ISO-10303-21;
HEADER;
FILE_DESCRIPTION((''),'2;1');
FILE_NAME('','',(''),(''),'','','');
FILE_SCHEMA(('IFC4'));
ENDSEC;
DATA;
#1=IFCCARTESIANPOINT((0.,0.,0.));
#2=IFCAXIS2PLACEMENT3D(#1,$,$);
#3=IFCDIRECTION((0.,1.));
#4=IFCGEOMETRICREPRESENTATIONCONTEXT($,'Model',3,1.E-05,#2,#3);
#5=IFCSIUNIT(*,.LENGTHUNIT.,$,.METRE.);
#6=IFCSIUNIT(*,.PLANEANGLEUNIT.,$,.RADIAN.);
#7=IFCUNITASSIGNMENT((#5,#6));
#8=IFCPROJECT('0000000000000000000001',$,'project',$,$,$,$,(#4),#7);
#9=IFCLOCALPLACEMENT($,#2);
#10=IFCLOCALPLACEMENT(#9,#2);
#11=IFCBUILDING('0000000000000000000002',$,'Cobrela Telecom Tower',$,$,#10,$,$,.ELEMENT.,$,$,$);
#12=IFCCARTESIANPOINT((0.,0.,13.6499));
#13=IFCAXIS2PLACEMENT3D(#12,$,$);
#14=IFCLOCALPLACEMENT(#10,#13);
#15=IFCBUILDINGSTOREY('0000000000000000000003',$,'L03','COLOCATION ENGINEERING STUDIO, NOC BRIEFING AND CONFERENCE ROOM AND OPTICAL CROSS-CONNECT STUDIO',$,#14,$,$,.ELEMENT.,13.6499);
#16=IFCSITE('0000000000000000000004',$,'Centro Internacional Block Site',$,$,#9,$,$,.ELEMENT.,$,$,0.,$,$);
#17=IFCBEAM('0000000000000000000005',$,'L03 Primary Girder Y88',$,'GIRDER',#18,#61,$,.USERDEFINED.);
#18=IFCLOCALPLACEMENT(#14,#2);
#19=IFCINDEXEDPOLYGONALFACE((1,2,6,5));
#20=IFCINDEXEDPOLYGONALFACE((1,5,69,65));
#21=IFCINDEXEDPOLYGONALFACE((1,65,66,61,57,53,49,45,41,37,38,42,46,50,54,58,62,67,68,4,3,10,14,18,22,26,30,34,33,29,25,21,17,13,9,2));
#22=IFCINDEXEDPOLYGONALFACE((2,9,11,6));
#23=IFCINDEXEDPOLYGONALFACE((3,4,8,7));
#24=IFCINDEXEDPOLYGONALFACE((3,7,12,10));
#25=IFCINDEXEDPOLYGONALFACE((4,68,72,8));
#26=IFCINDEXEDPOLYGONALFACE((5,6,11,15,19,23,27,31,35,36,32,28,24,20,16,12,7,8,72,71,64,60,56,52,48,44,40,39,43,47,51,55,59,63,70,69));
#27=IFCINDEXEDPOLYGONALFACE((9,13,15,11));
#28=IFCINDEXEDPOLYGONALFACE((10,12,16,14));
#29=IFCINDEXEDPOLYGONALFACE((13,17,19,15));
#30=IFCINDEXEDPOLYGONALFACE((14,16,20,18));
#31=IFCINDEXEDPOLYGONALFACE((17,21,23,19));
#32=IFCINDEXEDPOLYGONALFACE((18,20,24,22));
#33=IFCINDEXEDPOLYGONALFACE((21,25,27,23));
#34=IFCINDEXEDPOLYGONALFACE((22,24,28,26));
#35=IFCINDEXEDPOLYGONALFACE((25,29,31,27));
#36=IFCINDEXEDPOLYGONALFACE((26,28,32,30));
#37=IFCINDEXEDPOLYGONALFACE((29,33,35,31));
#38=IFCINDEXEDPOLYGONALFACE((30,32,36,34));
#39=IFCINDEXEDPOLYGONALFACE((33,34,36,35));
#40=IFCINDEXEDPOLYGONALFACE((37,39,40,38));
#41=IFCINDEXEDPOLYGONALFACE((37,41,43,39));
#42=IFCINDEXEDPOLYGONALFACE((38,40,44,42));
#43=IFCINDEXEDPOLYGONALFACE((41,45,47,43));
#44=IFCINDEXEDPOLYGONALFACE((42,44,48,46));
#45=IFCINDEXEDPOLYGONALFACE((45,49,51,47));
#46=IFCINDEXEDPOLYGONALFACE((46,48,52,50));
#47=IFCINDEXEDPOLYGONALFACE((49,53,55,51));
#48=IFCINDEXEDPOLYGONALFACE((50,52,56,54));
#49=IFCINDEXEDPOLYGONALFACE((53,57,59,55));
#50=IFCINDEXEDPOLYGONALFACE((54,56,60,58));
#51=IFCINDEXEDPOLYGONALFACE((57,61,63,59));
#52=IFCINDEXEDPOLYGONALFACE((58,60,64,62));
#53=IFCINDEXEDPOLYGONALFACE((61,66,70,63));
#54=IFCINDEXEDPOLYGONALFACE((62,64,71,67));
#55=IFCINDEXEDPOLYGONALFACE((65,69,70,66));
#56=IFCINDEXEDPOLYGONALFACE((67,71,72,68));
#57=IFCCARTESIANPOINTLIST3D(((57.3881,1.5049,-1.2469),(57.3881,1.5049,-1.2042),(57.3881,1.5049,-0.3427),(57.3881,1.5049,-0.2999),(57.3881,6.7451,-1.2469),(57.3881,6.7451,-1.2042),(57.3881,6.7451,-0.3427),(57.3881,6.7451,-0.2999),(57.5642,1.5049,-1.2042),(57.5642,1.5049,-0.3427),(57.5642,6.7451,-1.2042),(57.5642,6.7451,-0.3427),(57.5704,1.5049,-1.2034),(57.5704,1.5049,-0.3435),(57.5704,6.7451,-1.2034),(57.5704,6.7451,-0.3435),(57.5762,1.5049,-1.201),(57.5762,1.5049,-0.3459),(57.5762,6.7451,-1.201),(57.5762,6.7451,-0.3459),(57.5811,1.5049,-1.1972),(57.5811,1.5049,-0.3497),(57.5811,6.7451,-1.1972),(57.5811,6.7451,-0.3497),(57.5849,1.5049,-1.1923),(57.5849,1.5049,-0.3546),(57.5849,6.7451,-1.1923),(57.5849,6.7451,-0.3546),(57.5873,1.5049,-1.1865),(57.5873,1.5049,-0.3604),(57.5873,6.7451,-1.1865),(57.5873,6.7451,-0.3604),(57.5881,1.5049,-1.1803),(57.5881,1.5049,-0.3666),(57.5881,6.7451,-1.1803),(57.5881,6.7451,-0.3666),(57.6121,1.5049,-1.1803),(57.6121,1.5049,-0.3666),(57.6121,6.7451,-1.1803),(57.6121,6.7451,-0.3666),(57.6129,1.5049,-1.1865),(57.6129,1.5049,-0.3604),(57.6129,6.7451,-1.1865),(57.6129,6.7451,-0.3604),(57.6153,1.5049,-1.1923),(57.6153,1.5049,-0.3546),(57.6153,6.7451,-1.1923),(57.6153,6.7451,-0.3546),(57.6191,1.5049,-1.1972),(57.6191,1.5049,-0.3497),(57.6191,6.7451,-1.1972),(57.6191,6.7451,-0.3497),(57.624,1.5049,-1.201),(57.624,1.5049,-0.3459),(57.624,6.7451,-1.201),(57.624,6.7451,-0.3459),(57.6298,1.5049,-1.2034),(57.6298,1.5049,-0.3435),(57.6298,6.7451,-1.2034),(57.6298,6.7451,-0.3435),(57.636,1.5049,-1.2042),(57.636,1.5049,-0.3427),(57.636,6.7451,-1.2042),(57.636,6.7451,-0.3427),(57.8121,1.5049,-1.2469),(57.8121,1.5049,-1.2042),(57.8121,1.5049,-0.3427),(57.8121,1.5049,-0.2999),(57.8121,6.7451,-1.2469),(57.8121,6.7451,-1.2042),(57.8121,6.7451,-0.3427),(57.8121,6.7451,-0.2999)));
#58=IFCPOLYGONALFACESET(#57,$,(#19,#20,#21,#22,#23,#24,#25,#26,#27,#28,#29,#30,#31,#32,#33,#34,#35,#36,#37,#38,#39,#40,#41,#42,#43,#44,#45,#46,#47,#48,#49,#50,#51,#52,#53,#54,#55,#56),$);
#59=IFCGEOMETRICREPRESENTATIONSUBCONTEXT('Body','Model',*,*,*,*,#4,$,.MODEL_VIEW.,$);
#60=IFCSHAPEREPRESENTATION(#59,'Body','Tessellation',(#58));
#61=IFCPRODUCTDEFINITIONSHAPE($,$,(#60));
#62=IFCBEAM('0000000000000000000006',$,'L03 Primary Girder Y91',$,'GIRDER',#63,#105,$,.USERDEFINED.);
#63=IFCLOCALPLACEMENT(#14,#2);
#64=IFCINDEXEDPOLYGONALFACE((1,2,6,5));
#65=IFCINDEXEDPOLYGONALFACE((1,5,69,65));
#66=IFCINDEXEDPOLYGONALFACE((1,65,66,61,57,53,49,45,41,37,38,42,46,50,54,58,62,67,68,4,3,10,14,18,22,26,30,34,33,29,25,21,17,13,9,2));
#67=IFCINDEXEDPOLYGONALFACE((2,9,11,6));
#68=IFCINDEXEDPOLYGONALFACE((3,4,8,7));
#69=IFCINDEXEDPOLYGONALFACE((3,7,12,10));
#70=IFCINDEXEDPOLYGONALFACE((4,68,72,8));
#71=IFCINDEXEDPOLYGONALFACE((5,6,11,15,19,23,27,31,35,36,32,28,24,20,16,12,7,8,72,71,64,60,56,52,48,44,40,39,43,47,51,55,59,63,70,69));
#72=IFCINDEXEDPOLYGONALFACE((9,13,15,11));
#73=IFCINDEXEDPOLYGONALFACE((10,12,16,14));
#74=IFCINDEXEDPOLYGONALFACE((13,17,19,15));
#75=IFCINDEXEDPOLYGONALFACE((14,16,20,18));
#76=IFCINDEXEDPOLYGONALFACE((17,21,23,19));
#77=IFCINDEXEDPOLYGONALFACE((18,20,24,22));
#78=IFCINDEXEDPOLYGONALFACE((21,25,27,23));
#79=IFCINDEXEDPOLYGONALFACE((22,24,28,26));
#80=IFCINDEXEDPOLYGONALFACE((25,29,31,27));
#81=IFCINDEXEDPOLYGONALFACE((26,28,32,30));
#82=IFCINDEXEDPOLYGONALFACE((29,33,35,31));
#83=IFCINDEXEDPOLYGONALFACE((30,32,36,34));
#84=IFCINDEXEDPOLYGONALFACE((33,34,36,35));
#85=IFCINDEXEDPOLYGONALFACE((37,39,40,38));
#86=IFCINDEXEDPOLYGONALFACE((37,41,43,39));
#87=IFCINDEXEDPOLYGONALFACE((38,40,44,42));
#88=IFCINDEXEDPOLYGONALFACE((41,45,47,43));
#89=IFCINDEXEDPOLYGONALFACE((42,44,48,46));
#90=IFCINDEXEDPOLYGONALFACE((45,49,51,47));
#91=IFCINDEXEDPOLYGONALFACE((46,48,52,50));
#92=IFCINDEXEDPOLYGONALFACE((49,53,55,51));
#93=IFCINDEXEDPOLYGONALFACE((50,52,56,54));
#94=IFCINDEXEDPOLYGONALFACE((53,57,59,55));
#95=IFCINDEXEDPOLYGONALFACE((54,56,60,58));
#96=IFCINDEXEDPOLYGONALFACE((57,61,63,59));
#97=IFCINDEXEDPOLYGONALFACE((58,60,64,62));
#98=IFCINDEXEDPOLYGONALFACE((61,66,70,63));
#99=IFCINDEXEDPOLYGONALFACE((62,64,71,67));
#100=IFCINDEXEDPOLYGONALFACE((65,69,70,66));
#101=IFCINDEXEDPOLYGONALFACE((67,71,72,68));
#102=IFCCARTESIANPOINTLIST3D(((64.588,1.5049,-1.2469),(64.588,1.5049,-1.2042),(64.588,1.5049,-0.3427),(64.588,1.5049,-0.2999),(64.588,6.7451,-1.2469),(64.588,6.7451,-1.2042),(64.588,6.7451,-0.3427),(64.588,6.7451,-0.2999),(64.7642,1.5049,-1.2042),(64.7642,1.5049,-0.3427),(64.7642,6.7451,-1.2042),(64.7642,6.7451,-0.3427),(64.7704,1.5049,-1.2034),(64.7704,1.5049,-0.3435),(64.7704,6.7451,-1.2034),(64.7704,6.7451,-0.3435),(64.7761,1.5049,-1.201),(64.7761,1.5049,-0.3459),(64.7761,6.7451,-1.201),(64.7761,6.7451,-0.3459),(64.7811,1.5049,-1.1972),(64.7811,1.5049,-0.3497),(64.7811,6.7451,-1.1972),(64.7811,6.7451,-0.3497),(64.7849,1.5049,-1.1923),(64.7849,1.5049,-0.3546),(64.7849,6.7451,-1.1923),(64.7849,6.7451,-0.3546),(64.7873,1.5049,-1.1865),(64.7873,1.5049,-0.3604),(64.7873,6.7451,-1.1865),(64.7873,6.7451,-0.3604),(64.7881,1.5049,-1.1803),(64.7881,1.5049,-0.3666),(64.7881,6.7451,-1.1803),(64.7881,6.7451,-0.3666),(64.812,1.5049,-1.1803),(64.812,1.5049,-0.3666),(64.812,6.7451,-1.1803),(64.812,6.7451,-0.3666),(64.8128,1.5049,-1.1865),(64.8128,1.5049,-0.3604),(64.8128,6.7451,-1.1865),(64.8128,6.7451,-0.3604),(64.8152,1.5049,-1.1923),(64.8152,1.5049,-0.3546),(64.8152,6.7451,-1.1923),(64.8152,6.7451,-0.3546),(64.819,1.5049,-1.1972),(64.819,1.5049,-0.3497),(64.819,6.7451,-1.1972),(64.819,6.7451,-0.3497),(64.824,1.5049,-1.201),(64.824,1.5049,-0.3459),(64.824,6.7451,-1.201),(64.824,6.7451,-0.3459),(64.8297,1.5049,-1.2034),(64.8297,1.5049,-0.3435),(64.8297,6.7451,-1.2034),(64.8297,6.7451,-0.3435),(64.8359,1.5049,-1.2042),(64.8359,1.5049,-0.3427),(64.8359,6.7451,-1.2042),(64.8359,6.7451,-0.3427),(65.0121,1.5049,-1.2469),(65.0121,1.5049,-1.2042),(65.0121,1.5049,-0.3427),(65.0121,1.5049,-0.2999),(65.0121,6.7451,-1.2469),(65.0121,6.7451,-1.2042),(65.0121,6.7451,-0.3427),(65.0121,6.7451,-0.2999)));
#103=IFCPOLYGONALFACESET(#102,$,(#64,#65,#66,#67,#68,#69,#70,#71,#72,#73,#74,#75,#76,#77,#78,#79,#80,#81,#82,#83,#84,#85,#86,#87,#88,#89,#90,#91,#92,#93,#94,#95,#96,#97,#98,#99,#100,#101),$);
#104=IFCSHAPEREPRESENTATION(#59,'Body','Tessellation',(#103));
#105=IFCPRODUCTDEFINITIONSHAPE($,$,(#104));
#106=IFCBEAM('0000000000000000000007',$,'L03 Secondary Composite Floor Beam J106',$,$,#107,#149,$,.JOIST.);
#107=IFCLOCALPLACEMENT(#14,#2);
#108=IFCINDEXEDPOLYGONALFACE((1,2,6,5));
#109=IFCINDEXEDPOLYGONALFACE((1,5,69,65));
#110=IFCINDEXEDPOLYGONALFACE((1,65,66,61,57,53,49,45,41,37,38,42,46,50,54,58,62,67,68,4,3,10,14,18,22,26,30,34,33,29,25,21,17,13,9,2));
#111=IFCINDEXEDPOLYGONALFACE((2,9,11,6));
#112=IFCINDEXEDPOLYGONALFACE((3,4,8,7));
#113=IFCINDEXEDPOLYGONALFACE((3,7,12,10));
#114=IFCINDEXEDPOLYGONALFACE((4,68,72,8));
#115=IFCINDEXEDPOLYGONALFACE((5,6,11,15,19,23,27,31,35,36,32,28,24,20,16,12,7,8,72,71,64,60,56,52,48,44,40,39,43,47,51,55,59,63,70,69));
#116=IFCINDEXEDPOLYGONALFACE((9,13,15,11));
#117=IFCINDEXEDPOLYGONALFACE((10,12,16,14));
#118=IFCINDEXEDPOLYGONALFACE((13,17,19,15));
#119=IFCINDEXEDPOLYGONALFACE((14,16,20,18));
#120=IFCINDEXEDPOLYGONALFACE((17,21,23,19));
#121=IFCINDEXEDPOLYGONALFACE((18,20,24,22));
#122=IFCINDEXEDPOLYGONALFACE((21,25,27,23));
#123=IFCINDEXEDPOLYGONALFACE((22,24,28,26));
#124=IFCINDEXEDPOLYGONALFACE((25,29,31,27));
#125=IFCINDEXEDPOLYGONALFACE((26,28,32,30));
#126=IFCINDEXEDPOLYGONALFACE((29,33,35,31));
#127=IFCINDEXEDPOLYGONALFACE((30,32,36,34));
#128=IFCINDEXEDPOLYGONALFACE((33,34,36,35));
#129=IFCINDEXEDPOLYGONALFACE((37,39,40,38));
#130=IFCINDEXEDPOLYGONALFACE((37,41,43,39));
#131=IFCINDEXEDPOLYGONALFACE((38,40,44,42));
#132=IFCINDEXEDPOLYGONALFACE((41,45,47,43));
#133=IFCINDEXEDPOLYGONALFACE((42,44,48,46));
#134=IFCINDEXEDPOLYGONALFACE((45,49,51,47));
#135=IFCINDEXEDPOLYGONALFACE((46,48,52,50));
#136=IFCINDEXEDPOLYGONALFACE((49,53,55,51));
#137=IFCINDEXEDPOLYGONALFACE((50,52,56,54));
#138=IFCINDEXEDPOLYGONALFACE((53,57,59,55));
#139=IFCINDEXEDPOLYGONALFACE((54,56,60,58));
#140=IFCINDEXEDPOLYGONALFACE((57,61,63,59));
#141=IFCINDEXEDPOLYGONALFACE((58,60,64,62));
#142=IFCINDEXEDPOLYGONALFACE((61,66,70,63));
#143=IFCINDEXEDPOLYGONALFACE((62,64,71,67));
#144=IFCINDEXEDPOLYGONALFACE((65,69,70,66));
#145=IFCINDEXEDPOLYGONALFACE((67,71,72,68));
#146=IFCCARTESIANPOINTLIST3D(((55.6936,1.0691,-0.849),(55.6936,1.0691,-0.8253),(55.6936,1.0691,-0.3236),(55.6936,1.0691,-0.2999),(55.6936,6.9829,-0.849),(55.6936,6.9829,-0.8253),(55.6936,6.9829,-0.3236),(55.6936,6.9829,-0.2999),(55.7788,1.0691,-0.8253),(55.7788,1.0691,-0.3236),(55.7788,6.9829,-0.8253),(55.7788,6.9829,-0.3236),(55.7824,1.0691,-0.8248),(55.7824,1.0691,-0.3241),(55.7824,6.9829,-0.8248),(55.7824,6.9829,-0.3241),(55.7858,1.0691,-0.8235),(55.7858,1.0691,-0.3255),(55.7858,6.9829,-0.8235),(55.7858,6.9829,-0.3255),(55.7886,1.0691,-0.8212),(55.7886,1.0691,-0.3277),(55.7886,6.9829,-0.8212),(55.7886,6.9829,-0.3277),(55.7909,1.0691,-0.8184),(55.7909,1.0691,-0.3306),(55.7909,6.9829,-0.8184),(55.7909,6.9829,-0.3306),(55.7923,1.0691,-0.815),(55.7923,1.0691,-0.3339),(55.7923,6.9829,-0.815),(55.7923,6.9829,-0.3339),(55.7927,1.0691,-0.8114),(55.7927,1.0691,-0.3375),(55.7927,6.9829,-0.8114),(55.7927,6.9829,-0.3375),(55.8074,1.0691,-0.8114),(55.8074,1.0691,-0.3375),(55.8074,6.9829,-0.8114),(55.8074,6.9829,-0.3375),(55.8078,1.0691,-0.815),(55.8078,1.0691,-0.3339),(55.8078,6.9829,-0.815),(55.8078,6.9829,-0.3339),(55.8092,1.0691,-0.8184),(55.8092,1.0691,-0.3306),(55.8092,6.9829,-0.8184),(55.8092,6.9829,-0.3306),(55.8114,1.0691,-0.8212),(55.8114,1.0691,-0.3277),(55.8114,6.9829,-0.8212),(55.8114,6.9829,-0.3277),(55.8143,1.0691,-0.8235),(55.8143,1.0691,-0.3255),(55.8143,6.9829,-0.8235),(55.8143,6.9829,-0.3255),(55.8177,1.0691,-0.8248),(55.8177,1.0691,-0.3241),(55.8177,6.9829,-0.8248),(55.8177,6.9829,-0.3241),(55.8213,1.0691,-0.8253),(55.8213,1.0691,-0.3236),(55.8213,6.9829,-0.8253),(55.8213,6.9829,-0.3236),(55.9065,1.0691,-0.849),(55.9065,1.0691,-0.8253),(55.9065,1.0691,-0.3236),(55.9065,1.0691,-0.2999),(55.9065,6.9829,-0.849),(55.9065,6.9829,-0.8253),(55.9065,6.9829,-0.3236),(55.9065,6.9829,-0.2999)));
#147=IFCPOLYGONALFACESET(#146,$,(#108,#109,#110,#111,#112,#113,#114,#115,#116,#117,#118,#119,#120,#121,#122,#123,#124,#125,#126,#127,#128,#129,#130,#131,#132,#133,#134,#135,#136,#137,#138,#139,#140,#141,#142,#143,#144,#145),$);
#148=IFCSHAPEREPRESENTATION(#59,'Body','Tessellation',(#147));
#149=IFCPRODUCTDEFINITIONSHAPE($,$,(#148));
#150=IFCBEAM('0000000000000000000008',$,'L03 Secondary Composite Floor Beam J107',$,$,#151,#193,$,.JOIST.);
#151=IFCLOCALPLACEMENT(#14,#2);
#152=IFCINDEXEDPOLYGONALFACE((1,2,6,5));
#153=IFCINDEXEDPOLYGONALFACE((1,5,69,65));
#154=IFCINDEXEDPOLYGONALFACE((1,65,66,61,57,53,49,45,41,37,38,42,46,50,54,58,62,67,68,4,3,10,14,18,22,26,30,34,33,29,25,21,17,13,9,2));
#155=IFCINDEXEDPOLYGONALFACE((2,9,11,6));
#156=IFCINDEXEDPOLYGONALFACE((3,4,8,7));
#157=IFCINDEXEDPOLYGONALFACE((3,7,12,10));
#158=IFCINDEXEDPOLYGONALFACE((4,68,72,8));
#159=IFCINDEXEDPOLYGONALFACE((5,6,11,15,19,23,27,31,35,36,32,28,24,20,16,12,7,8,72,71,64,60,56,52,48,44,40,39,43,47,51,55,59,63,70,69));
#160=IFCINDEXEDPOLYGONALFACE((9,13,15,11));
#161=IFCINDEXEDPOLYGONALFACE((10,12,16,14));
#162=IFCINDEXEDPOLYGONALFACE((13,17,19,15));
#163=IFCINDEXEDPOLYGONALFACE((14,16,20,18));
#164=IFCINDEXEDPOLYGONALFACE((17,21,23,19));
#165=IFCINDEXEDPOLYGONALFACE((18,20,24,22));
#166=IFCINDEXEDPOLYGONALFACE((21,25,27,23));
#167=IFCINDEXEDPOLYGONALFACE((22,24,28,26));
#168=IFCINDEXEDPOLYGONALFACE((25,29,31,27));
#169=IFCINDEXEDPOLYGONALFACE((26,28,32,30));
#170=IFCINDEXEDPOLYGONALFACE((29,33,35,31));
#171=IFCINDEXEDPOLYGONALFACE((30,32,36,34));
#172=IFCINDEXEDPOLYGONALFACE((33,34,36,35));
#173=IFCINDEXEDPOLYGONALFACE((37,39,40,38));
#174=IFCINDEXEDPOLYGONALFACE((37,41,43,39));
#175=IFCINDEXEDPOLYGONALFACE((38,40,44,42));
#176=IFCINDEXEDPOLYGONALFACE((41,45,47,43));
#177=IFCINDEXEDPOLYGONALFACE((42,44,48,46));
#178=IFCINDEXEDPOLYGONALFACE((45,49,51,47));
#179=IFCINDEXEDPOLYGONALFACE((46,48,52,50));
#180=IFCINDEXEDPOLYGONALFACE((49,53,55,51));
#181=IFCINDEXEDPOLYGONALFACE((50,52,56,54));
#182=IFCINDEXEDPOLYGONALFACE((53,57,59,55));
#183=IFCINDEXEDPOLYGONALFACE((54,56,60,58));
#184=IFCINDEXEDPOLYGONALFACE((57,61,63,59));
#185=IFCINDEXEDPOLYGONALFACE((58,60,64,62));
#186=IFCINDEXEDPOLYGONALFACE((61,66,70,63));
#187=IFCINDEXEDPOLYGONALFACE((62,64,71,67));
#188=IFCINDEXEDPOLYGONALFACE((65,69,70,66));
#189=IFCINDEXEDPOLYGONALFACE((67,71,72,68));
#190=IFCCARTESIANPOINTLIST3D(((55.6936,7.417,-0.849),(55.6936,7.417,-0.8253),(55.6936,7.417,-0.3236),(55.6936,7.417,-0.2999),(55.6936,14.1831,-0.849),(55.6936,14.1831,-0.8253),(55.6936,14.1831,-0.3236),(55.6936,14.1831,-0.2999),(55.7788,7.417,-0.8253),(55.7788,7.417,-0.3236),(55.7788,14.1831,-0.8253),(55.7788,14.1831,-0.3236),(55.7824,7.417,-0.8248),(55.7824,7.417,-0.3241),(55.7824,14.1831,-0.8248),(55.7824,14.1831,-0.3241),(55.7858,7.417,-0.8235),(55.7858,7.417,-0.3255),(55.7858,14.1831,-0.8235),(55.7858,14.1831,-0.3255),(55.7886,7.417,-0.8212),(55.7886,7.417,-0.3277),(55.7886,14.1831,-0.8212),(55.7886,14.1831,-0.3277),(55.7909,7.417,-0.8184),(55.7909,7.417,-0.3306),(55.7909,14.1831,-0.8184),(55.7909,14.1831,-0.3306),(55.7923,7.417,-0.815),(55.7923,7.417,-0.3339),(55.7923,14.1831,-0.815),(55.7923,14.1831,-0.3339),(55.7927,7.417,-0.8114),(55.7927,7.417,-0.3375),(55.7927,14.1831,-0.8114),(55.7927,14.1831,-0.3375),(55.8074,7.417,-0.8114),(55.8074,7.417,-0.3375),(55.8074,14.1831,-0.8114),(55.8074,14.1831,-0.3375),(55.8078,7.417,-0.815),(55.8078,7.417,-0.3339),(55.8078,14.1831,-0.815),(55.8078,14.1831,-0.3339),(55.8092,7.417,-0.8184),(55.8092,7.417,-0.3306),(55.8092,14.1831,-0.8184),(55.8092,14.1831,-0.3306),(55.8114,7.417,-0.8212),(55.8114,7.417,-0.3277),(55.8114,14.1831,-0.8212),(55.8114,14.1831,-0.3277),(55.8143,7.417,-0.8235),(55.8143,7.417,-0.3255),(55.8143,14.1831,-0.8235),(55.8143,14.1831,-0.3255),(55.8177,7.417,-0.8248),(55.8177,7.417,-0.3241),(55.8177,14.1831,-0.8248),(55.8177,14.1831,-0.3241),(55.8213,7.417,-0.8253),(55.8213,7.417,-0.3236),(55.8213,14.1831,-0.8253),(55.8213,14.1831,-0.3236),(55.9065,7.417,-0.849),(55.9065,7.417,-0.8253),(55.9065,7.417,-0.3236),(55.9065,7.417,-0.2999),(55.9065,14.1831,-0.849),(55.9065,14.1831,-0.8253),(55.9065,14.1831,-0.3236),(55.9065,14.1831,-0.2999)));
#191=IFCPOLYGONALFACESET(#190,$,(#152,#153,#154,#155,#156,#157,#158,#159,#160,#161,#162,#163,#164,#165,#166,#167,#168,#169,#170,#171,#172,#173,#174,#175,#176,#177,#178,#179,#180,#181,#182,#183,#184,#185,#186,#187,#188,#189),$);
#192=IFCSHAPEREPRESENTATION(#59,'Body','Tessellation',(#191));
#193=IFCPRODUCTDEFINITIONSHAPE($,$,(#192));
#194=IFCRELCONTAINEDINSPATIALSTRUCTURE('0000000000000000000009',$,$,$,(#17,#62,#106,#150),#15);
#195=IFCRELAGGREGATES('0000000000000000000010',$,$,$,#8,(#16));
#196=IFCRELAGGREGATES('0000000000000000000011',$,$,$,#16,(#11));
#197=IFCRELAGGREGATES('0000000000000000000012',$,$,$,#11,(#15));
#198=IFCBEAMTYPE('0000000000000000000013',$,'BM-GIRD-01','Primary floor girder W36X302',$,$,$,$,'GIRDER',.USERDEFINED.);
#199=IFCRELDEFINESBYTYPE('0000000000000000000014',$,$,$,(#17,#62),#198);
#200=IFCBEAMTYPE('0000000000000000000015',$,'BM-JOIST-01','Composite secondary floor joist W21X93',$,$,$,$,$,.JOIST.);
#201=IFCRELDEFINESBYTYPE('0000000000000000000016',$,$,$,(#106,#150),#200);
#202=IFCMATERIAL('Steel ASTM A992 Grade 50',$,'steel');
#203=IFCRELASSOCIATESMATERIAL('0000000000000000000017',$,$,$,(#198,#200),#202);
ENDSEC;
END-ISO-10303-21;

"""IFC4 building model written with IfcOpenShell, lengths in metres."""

from ifc_helpers import new_model, si_unit, direction, frame, origin, origin_2d, place, context, subcontext, project, spatial, i_section, extrude, material, material_profile, profile_set, type_object, element, save


model = new_model("IFC4")

# Units and contexts
model_context = context("Model", 3, precision=1e-05, world=origin(), true_north=direction((0.0, 1.0)))
body_context = subcontext(model_context, "Body", "Model", "MODEL_VIEW")
ifc_project = project(units=[si_unit("LENGTHUNIT", "METRE"), si_unit("PLANEANGLEUNIT", "RADIAN")], contexts=[model_context])

# Site, building, storey
site_placement = place(None, origin())
site = spatial("IfcSite", under=ifc_project, at=site_placement, Name="Centro Internacional Block Site", CompositionType="ELEMENT", RefElevation=0.0)
building_placement = place(site_placement, origin())
building = spatial("IfcBuilding", under=site, at=building_placement, Name="Cobrela Telecom Tower", CompositionType="ELEMENT")
storey_placement = place(building_placement, frame((0.0, 0.0, 13.6499)))
storey = spatial("IfcBuildingStorey", under=building, at=storey_placement, Name="L03", Description="COLOCATION ENGINEERING STUDIO, NOC BRIEFING AND CONFERENCE ROOM AND OPTICAL CROSS-CONNECT STUDIO", CompositionType="ELEMENT", Elevation=13.6499)

# Beams
ifc_material_1 = material(Name="Steel ASTM A992 Grade 50", Category="steel")
ifc_material_profile_1 = material_profile(ifc_material_1, i_section(OverallWidth=0.4241, OverallDepth=0.947, WebThickness=0.0239, FlangeThickness=0.0427, FilletRadius=0.0239, at=origin_2d()), Name="W36X302")
ifc_profile_set_1 = profile_set([ifc_material_profile_1], Name="Steel ASTM A992 Grade 50")
beam_type_1 = type_object("IfcBeamType", Name="BM-GIRD-01", Description="Primary floor girder W36X302", ElementType="GIRDER", PredefinedType="USERDEFINED", material=ifc_profile_set_1)
for number, where, z_axis, x_axis, name in (
    (1, (57.6001, 1.5049, -0.7734), (0.0, 1.0, 0.0), (-1.0, 0.0, 0.0), "L03 Primary Girder Y88"),
    (2, (64.8, 1.5049, -0.7734), (0.0, 1.0, 0.0), (-1.0, 0.0, 0.0), "L03 Primary Girder Y91"),
):
    element("IfcBeam", number, at=place(storey_placement, frame(where, z_axis=z_axis, x_axis=x_axis)), inside=storey, type_object=beam_type_1, Name=name, ObjectType="GIRDER", PredefinedType="USERDEFINED", context=body_context, shape_type="SweptSolid", body=[
        extrude(i_section(OverallWidth=0.4241, OverallDepth=0.947, WebThickness=0.0239, FlangeThickness=0.0427, FilletRadius=0.0239, at=origin_2d()), origin(), (0.0, 0.0, 1.0), 5.2402),
    ])
ifc_material_profile_2 = material_profile(ifc_material_1, i_section(OverallWidth=0.2129, OverallDepth=0.5491, WebThickness=0.0146, FlangeThickness=0.0237, FilletRadius=0.0139, at=origin_2d()), Name="W21X93")
ifc_profile_set_2 = profile_set([ifc_material_profile_2], Name="Steel ASTM A992 Grade 50")
beam_type_2 = type_object("IfcBeamType", Name="BM-JOIST-01", Description="Composite secondary floor joist W21X93", PredefinedType="JOIST", material=ifc_profile_set_2)
beam_1_placement = place(storey_placement, frame((55.8, 1.0691, -0.5745), z_axis=(0.0, 1.0, 0.0), x_axis=(-1.0, 0.0, 0.0)))
element("IfcBeam", 3, at=beam_1_placement, inside=storey, type_object=beam_type_2, Name="L03 Secondary Composite Floor Beam J106", PredefinedType="JOIST", context=body_context, shape_type="SweptSolid", body=[
    extrude(i_section(OverallWidth=0.2129, OverallDepth=0.5491, WebThickness=0.0146, FlangeThickness=0.0237, FilletRadius=0.0139, at=origin_2d()), origin(), (0.0, 0.0, 1.0), 5.9138),
])
beam_2_placement = place(storey_placement, frame((55.8, 7.417, -0.5745), z_axis=(0.0, 1.0, 0.0), x_axis=(-1.0, 0.0, 0.0)))
element("IfcBeam", 4, at=beam_2_placement, inside=storey, type_object=beam_type_2, Name="L03 Secondary Composite Floor Beam J107", PredefinedType="JOIST", context=body_context, shape_type="SweptSolid", body=[
    extrude(i_section(OverallWidth=0.2129, OverallDepth=0.5491, WebThickness=0.0146, FlangeThickness=0.0237, FilletRadius=0.0139, at=origin_2d()), origin(), (0.0, 0.0, 1.0), 6.7661),
])

save(model, "model.ifc")
